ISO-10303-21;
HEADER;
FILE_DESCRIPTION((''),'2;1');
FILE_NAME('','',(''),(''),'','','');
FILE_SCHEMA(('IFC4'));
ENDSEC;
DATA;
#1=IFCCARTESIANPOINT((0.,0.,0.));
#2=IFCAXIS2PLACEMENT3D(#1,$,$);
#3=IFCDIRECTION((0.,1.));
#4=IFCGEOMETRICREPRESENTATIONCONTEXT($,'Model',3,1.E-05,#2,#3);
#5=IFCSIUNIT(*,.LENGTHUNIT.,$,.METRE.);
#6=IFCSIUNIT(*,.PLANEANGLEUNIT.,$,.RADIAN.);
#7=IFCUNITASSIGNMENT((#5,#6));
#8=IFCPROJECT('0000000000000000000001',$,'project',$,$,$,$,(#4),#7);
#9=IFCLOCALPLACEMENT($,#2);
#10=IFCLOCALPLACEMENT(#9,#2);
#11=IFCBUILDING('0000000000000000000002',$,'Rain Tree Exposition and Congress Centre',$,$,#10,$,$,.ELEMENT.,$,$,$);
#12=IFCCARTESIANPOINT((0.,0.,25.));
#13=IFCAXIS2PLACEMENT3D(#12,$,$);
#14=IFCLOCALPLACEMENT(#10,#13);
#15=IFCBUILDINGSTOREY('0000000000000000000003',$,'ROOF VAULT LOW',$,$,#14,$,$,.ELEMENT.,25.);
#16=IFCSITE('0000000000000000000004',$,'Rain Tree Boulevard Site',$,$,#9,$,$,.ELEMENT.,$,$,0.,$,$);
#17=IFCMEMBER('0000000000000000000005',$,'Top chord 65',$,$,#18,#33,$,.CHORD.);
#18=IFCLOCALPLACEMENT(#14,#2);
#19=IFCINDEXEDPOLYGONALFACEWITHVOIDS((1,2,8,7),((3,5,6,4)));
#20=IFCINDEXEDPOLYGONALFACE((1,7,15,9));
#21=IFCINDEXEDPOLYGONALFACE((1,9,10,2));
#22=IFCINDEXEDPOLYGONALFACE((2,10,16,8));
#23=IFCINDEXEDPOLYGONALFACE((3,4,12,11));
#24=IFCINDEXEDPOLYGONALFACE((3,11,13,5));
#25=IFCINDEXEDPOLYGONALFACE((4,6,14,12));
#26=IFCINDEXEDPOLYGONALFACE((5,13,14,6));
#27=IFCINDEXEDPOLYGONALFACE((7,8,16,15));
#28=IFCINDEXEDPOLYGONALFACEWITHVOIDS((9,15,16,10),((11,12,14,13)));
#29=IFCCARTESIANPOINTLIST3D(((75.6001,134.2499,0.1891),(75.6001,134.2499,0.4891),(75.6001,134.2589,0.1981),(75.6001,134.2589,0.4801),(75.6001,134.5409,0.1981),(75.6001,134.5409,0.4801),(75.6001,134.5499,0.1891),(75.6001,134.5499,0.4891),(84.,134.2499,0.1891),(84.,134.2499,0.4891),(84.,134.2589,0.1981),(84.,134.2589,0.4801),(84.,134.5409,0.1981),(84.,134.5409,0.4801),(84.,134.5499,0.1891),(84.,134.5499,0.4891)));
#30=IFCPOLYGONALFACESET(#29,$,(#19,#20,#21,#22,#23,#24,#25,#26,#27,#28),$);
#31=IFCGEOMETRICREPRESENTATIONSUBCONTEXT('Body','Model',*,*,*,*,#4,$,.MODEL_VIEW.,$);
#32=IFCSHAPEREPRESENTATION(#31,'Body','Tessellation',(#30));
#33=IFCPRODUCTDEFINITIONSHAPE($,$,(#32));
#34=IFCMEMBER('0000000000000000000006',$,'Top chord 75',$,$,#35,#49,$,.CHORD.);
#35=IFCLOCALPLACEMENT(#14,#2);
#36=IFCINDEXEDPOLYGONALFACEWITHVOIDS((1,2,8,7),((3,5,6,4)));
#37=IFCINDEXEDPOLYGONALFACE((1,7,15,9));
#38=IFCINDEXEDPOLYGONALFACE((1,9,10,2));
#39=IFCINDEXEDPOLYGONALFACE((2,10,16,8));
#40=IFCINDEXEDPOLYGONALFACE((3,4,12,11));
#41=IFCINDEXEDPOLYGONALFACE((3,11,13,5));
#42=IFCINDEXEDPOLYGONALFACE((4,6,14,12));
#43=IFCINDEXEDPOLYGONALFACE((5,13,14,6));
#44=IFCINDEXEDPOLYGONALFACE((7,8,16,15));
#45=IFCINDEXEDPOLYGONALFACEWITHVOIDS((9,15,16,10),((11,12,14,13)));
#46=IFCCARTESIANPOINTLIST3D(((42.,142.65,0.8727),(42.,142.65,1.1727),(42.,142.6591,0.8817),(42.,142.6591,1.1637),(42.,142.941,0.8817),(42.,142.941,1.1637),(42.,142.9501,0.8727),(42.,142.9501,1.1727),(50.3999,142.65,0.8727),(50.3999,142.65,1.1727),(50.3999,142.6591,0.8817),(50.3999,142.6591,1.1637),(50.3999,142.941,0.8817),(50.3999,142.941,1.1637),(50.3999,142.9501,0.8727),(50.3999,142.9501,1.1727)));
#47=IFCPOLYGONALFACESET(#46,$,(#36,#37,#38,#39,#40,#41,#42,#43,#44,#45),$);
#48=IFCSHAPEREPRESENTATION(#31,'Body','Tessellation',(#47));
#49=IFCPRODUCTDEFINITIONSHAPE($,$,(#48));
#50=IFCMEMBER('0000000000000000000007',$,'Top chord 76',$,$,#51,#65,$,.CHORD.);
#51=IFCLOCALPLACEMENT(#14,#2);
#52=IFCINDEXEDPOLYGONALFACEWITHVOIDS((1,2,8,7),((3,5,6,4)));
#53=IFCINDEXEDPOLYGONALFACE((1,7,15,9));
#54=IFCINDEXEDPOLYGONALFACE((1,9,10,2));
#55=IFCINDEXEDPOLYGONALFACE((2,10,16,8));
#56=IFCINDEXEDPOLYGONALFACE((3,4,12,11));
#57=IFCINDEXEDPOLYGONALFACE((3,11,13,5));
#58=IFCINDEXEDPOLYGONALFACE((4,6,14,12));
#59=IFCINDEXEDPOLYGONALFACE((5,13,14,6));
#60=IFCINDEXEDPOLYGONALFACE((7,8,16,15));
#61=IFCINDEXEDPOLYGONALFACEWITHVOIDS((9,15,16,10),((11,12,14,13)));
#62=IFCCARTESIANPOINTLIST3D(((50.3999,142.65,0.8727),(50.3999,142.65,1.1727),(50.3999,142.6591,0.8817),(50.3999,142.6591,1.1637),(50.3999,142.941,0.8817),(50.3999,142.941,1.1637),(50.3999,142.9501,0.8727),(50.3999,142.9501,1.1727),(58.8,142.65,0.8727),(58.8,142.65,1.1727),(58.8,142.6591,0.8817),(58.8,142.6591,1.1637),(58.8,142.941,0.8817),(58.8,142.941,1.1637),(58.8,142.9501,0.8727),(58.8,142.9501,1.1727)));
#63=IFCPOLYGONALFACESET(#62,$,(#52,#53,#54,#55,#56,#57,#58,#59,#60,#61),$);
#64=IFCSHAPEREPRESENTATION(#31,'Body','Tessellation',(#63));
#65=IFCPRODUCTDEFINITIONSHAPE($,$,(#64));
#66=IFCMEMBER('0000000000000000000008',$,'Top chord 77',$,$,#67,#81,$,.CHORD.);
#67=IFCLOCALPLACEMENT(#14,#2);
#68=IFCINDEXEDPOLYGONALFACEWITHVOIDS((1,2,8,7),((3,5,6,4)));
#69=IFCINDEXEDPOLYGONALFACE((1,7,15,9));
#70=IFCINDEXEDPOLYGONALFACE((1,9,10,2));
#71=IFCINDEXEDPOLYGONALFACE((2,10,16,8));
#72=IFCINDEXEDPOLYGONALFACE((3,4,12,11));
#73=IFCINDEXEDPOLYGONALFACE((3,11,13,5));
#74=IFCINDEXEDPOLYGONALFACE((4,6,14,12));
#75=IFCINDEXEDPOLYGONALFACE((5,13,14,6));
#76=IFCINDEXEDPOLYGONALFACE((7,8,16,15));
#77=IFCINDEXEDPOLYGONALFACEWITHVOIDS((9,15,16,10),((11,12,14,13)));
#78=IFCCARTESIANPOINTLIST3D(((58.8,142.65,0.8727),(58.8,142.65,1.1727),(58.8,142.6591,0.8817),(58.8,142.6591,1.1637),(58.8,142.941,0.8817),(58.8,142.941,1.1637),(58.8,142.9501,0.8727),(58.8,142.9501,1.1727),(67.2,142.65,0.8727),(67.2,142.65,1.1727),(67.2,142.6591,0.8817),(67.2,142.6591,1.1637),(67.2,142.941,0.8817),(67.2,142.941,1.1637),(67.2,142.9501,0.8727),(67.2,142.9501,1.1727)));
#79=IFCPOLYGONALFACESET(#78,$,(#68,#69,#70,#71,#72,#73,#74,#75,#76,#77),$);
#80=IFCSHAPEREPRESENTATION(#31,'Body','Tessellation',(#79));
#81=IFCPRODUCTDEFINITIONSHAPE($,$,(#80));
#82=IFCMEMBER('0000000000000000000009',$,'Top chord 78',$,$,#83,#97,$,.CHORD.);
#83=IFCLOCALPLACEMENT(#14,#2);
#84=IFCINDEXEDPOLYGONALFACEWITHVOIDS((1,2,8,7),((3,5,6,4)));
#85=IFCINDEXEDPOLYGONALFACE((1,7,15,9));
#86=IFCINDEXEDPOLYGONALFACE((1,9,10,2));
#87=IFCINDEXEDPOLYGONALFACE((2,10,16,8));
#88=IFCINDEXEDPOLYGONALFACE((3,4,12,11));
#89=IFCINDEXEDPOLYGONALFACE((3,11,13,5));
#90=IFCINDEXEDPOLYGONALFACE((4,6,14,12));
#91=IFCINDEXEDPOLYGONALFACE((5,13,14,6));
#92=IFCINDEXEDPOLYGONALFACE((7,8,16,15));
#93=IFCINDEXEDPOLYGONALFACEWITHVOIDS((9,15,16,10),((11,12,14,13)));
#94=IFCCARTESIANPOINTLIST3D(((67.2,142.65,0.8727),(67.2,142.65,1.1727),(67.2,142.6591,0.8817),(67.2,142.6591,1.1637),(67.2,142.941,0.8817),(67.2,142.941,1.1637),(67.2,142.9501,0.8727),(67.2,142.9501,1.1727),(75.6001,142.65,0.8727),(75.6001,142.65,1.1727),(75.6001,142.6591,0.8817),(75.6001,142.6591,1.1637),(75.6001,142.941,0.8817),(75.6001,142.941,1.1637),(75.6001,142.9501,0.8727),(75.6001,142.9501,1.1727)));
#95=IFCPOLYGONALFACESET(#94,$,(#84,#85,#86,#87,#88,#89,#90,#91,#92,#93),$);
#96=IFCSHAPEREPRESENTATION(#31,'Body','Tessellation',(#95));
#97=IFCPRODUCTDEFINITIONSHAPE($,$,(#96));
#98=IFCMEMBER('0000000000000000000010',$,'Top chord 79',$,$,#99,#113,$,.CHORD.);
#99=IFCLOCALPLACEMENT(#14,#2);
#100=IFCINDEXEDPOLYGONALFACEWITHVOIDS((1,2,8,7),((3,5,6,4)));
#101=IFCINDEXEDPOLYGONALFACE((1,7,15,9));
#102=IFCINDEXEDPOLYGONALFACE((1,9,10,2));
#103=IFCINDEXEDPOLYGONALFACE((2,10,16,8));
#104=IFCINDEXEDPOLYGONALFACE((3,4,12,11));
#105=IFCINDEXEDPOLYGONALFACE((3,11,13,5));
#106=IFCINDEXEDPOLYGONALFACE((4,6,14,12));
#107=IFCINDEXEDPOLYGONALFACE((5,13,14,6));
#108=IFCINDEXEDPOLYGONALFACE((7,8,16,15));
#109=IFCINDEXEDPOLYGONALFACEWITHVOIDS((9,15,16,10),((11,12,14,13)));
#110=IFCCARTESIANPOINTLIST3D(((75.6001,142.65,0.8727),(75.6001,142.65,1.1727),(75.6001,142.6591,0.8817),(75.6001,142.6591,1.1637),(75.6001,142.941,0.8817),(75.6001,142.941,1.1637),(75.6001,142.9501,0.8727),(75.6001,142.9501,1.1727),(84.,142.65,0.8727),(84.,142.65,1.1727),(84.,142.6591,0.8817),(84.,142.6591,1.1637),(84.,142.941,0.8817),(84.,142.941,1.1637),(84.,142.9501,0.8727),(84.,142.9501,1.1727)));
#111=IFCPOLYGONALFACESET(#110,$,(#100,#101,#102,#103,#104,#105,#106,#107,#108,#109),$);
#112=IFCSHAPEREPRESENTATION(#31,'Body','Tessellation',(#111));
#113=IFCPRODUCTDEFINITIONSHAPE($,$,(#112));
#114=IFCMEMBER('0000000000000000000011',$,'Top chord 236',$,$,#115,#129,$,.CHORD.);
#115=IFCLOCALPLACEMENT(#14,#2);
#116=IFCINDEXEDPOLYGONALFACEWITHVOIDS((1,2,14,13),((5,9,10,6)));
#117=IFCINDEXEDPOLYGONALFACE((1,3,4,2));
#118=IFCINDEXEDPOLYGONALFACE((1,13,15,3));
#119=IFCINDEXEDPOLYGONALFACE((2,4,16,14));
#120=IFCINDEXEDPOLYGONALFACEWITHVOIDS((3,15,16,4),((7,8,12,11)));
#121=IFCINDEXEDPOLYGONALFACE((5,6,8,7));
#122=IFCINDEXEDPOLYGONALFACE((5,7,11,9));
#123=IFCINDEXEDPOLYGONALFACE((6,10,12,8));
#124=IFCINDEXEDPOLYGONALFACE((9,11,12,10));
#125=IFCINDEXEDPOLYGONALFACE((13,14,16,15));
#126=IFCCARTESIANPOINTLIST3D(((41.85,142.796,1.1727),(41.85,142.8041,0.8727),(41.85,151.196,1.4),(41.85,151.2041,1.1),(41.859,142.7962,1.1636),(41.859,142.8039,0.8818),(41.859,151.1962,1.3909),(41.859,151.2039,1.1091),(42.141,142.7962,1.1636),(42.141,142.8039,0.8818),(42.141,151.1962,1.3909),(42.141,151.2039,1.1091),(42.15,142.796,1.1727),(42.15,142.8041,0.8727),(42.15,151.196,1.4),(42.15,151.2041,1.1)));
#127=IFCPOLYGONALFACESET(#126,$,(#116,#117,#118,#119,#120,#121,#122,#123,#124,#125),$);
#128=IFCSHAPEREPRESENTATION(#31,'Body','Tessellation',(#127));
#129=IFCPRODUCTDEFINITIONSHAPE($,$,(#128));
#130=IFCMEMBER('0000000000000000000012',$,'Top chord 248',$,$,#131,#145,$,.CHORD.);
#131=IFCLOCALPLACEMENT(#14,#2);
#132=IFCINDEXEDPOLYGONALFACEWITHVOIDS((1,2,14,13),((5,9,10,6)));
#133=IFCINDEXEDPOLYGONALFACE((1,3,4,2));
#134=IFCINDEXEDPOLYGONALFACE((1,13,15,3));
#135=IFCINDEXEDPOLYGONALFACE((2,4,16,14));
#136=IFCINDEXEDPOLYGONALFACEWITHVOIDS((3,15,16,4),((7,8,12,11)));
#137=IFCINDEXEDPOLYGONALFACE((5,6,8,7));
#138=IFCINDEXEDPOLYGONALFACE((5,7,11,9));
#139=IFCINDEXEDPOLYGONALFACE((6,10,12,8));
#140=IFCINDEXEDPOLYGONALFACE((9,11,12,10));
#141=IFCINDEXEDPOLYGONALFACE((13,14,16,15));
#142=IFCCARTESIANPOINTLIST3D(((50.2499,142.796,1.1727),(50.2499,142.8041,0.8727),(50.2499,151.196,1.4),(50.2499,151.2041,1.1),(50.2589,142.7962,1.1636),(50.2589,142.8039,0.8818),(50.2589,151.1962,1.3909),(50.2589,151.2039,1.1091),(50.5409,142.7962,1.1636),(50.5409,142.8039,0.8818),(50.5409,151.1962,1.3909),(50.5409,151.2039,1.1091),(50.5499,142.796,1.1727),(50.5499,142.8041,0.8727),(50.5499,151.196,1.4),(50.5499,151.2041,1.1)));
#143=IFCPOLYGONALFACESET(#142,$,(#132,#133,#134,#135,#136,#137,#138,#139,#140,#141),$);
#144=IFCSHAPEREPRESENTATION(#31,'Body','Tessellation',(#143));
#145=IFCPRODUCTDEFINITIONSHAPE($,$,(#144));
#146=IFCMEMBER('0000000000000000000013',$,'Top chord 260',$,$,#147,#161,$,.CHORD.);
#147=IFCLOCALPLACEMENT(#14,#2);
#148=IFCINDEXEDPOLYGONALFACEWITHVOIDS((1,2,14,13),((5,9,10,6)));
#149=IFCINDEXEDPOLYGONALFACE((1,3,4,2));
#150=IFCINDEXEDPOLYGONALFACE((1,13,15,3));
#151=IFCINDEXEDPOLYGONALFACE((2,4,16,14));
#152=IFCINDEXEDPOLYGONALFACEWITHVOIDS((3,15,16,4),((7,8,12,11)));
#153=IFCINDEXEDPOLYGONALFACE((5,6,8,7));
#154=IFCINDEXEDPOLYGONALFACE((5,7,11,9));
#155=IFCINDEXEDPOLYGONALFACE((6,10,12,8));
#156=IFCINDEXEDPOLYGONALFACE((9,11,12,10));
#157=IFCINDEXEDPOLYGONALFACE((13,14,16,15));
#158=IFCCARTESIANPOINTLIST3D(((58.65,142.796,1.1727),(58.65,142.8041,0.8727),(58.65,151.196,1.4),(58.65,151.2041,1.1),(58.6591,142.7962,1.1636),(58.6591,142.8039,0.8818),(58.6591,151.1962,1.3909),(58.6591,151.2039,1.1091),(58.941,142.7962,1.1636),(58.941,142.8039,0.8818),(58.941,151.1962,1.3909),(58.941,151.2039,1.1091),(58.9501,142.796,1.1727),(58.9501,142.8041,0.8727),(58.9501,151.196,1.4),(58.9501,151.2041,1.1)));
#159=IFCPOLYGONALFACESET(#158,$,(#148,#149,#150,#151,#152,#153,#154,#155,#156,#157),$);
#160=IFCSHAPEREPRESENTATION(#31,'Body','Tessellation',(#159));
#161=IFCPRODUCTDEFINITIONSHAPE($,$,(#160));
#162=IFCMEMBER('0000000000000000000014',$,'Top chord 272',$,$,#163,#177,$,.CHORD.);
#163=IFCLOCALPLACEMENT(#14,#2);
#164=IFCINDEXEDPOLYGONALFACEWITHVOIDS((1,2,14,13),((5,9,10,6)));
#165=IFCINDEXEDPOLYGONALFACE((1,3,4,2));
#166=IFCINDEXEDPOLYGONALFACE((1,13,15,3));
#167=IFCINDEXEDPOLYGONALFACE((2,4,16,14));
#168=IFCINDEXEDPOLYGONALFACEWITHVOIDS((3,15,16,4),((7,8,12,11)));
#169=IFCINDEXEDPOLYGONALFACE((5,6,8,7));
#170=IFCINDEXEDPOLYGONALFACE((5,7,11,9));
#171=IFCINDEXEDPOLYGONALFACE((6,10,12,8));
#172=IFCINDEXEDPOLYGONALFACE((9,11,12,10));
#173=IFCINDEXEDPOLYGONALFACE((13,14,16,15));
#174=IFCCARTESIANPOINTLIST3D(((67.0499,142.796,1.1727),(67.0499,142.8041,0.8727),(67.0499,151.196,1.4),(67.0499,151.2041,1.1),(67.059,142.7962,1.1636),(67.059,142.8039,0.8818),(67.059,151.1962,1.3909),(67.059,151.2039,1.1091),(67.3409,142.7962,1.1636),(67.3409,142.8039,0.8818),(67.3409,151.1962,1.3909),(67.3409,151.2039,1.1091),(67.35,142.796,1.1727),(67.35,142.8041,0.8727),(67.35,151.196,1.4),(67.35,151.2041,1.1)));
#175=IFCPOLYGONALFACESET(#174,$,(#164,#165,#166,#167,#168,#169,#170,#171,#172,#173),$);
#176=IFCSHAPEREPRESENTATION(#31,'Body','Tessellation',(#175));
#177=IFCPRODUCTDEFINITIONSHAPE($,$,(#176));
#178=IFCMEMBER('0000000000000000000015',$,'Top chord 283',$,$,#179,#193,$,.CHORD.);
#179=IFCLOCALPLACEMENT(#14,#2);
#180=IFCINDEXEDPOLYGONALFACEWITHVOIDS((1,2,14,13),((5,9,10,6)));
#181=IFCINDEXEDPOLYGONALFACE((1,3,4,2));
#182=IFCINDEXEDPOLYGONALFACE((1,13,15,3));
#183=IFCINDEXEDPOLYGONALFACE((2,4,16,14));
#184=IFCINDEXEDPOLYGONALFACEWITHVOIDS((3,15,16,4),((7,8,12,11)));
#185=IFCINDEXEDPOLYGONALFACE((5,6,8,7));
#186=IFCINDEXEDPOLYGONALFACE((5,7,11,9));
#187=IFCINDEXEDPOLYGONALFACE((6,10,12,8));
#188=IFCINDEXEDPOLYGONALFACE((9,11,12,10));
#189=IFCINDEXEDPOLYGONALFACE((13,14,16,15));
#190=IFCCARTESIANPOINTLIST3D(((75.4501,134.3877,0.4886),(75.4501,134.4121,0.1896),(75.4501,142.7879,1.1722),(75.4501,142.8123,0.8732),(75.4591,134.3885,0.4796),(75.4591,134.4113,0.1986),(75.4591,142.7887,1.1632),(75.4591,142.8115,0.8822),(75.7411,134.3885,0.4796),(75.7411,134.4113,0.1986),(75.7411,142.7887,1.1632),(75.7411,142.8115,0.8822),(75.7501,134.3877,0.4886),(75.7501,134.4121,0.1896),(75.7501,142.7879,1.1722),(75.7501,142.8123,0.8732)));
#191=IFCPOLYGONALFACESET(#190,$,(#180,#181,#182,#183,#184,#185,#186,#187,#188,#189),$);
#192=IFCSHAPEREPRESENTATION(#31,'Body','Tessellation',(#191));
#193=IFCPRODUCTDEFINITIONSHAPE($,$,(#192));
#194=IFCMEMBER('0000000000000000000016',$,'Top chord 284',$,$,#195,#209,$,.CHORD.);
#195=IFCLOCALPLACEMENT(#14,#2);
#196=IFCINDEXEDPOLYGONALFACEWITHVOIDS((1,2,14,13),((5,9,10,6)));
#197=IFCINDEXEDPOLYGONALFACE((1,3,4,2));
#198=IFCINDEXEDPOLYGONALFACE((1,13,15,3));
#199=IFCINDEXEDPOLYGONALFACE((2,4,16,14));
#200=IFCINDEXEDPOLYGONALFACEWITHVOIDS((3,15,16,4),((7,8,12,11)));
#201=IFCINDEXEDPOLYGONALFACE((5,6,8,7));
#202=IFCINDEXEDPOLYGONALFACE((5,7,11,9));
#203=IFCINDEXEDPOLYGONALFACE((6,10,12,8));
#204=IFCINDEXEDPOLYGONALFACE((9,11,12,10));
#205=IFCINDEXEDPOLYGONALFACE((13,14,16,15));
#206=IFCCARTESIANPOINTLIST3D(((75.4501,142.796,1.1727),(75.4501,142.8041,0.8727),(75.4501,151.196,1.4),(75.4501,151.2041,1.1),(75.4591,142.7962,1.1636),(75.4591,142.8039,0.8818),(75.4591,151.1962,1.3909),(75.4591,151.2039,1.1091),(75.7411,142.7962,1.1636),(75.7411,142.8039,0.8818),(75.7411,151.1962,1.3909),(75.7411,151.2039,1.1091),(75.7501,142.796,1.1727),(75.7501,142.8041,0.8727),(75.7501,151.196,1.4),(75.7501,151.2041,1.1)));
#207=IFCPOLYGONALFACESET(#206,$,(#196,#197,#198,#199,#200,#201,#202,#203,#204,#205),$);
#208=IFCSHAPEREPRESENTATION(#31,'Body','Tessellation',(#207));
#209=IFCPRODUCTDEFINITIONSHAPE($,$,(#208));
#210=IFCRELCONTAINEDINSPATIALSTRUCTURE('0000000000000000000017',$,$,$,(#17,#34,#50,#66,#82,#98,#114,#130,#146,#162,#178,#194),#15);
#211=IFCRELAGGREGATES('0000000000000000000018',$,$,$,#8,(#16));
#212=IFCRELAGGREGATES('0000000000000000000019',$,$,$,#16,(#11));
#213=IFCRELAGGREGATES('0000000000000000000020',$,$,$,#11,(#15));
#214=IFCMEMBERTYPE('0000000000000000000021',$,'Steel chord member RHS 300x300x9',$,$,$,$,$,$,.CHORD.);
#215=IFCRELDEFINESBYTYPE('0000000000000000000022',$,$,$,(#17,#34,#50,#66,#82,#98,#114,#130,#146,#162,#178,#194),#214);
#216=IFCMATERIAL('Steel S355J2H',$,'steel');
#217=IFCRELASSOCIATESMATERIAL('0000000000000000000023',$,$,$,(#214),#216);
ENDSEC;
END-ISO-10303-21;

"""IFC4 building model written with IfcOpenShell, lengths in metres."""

from ifc_helpers import new_model, si_unit, direction, frame, origin, origin_2d, place, context, subcontext, project, spatial, hollow_rectangle, extrude, material, material_profile, profile_set, type_object, element, save


model = new_model("IFC4")

# Units and contexts
model_context = context("Model", 3, precision=1e-05, world=origin(), true_north=direction((0.0, 1.0)))
body_context = subcontext(model_context, "Body", "Model", "MODEL_VIEW")
ifc_project = project(units=[si_unit("LENGTHUNIT", "METRE"), si_unit("PLANEANGLEUNIT", "RADIAN")], contexts=[model_context])

# Site, building, storey
site_placement = place(None, origin())
site = spatial("IfcSite", under=ifc_project, at=site_placement, Name="Rain Tree Boulevard Site", CompositionType="ELEMENT", RefElevation=0.0)
building_placement = place(site_placement, origin())
building = spatial("IfcBuilding", under=site, at=building_placement, Name="Rain Tree Exposition and Congress Centre", CompositionType="ELEMENT")
storey_placement = place(building_placement, frame((0.0, 0.0, 25.0)))
storey = spatial("IfcBuildingStorey", under=building, at=storey_placement, Name="ROOF VAULT LOW", CompositionType="ELEMENT", Elevation=25.0)

# Members
ifc_material_1 = material(Name="Steel S355J2H", Category="steel")
ifc_material_profile_1 = material_profile(ifc_material_1, hollow_rectangle(XDim=0.3, YDim=0.3, WallThickness=0.009, at=origin_2d()), Name="RHS 300x300x9")
ifc_profile_set_1 = profile_set([ifc_material_profile_1], Name="Steel S355J2H")
member_type = type_object("IfcMemberType", Name="Steel chord member RHS 300x300x9", PredefinedType="CHORD", material=ifc_profile_set_1)
for number, where, z_axis, x_axis, name in (
    (1, (75.6001, 134.3999, 0.3391), (1.0, 0.0, 0.0), (0.0, 1.0, 0.0), "Top chord 65"),
    (2, (42.0, 142.8, 1.0227), (1.0, 0.0, 0.0), (0.0, 1.0, 0.0), "Top chord 75"),
):
    element("IfcMember", number, at=place(storey_placement, frame(where, z_axis=z_axis, x_axis=x_axis)), inside=storey, type_object=member_type, Name=name, PredefinedType="CHORD", context=body_context, shape_type="SweptSolid", body=[
        extrude(hollow_rectangle(XDim=0.3, YDim=0.3, WallThickness=0.009, at=origin_2d()), origin(), (0.0, 0.0, 1.0), 8.3999),
    ])
member_1_placement = place(storey_placement, frame((50.3999, 142.8, 1.0227), z_axis=(1.0, 0.0, 0.0), x_axis=(0.0, 1.0, 0.0)))
element("IfcMember", 3, at=member_1_placement, inside=storey, type_object=member_type, Name="Top chord 76", PredefinedType="CHORD", context=body_context, shape_type="SweptSolid", body=[
    extrude(hollow_rectangle(XDim=0.3, YDim=0.3, WallThickness=0.009, at=origin_2d()), origin(), (0.0, 0.0, 1.0), 8.4001),
])
member_2_placement = place(storey_placement, frame((58.8, 142.8, 1.0227), z_axis=(1.0, 0.0, 0.0), x_axis=(0.0, 1.0, 0.0)))
element("IfcMember", 4, at=member_2_placement, inside=storey, type_object=member_type, Name="Top chord 77", PredefinedType="CHORD", context=body_context, shape_type="SweptSolid", body=[
    extrude(hollow_rectangle(XDim=0.3, YDim=0.3, WallThickness=0.009, at=origin_2d()), origin(), (0.0, 0.0, 1.0), 8.3999),
])
member_3_placement = place(storey_placement, frame((67.2, 142.8, 1.0227), z_axis=(1.0, 0.0, 0.0), x_axis=(0.0, 1.0, 0.0)))
element("IfcMember", 5, at=member_3_placement, inside=storey, type_object=member_type, Name="Top chord 78", PredefinedType="CHORD", context=body_context, shape_type="SweptSolid", body=[
    extrude(hollow_rectangle(XDim=0.3, YDim=0.3, WallThickness=0.009, at=origin_2d()), origin(), (0.0, 0.0, 1.0), 8.4001),
])
member_4_placement = place(storey_placement, frame((75.6001, 142.8, 1.0227), z_axis=(1.0, 0.0, 0.0), x_axis=(0.0, 1.0, 0.0)))
element("IfcMember", 6, at=member_4_placement, inside=storey, type_object=member_type, Name="Top chord 79", PredefinedType="CHORD", context=body_context, shape_type="SweptSolid", body=[
    extrude(hollow_rectangle(XDim=0.3, YDim=0.3, WallThickness=0.009, at=origin_2d()), origin(), (0.0, 0.0, 1.0), 8.3999),
])
for number, where, z_axis, x_axis, name in (
    (7, (42.0, 142.8, 1.0227), (0.0, 0.999634, 0.027049), (-1.0, 0.0, 0.0), "Top chord 236"),
    (8, (50.3999, 142.8, 1.0227), (0.0, 0.999634, 0.027049), (-1.0, 0.0, 0.0), "Top chord 248"),
    (9, (58.8, 142.8, 1.0227), (0.0, 0.999634, 0.027049), (-1.0, 0.0, 0.0), "Top chord 260"),
    (10, (67.2, 142.8, 1.0227), (0.0, 0.999634, 0.027049), (-1.0, 0.0, 0.0), "Top chord 272"),
):
    element("IfcMember", number, at=place(storey_placement, frame(where, z_axis=z_axis, x_axis=x_axis)), inside=storey, type_object=member_type, Name=name, PredefinedType="CHORD", context=body_context, shape_type="SweptSolid", body=[
        extrude(hollow_rectangle(XDim=0.3, YDim=0.3, WallThickness=0.009, at=origin_2d()), origin(), (0.0, 0.0, 1.0), 8.4031),
    ])
member_5_placement = place(storey_placement, frame((75.6001, 134.3999, 0.3391), z_axis=(0.0, 0.996705, 0.081111), x_axis=(-1.0, 0.0, 0.0)))
element("IfcMember", 11, at=member_5_placement, inside=storey, type_object=member_type, Name="Top chord 283", PredefinedType="CHORD", context=body_context, shape_type="SweptSolid", body=[
    extrude(hollow_rectangle(XDim=0.3, YDim=0.3, WallThickness=0.009, at=origin_2d()), origin(), (0.0, 0.0, 1.0), 8.428),
])
member_6_placement = place(storey_placement, frame((75.6001, 142.8, 1.0227), z_axis=(0.0, 0.999634, 0.027049), x_axis=(-1.0, 0.0, 0.0)))
element("IfcMember", 12, at=member_6_placement, inside=storey, type_object=member_type, Name="Top chord 284", PredefinedType="CHORD", context=body_context, shape_type="SweptSolid", body=[
    extrude(hollow_rectangle(XDim=0.3, YDim=0.3, WallThickness=0.009, at=origin_2d()), origin(), (0.0, 0.0, 1.0), 8.4031),
])

save(model, "model.ifc")
